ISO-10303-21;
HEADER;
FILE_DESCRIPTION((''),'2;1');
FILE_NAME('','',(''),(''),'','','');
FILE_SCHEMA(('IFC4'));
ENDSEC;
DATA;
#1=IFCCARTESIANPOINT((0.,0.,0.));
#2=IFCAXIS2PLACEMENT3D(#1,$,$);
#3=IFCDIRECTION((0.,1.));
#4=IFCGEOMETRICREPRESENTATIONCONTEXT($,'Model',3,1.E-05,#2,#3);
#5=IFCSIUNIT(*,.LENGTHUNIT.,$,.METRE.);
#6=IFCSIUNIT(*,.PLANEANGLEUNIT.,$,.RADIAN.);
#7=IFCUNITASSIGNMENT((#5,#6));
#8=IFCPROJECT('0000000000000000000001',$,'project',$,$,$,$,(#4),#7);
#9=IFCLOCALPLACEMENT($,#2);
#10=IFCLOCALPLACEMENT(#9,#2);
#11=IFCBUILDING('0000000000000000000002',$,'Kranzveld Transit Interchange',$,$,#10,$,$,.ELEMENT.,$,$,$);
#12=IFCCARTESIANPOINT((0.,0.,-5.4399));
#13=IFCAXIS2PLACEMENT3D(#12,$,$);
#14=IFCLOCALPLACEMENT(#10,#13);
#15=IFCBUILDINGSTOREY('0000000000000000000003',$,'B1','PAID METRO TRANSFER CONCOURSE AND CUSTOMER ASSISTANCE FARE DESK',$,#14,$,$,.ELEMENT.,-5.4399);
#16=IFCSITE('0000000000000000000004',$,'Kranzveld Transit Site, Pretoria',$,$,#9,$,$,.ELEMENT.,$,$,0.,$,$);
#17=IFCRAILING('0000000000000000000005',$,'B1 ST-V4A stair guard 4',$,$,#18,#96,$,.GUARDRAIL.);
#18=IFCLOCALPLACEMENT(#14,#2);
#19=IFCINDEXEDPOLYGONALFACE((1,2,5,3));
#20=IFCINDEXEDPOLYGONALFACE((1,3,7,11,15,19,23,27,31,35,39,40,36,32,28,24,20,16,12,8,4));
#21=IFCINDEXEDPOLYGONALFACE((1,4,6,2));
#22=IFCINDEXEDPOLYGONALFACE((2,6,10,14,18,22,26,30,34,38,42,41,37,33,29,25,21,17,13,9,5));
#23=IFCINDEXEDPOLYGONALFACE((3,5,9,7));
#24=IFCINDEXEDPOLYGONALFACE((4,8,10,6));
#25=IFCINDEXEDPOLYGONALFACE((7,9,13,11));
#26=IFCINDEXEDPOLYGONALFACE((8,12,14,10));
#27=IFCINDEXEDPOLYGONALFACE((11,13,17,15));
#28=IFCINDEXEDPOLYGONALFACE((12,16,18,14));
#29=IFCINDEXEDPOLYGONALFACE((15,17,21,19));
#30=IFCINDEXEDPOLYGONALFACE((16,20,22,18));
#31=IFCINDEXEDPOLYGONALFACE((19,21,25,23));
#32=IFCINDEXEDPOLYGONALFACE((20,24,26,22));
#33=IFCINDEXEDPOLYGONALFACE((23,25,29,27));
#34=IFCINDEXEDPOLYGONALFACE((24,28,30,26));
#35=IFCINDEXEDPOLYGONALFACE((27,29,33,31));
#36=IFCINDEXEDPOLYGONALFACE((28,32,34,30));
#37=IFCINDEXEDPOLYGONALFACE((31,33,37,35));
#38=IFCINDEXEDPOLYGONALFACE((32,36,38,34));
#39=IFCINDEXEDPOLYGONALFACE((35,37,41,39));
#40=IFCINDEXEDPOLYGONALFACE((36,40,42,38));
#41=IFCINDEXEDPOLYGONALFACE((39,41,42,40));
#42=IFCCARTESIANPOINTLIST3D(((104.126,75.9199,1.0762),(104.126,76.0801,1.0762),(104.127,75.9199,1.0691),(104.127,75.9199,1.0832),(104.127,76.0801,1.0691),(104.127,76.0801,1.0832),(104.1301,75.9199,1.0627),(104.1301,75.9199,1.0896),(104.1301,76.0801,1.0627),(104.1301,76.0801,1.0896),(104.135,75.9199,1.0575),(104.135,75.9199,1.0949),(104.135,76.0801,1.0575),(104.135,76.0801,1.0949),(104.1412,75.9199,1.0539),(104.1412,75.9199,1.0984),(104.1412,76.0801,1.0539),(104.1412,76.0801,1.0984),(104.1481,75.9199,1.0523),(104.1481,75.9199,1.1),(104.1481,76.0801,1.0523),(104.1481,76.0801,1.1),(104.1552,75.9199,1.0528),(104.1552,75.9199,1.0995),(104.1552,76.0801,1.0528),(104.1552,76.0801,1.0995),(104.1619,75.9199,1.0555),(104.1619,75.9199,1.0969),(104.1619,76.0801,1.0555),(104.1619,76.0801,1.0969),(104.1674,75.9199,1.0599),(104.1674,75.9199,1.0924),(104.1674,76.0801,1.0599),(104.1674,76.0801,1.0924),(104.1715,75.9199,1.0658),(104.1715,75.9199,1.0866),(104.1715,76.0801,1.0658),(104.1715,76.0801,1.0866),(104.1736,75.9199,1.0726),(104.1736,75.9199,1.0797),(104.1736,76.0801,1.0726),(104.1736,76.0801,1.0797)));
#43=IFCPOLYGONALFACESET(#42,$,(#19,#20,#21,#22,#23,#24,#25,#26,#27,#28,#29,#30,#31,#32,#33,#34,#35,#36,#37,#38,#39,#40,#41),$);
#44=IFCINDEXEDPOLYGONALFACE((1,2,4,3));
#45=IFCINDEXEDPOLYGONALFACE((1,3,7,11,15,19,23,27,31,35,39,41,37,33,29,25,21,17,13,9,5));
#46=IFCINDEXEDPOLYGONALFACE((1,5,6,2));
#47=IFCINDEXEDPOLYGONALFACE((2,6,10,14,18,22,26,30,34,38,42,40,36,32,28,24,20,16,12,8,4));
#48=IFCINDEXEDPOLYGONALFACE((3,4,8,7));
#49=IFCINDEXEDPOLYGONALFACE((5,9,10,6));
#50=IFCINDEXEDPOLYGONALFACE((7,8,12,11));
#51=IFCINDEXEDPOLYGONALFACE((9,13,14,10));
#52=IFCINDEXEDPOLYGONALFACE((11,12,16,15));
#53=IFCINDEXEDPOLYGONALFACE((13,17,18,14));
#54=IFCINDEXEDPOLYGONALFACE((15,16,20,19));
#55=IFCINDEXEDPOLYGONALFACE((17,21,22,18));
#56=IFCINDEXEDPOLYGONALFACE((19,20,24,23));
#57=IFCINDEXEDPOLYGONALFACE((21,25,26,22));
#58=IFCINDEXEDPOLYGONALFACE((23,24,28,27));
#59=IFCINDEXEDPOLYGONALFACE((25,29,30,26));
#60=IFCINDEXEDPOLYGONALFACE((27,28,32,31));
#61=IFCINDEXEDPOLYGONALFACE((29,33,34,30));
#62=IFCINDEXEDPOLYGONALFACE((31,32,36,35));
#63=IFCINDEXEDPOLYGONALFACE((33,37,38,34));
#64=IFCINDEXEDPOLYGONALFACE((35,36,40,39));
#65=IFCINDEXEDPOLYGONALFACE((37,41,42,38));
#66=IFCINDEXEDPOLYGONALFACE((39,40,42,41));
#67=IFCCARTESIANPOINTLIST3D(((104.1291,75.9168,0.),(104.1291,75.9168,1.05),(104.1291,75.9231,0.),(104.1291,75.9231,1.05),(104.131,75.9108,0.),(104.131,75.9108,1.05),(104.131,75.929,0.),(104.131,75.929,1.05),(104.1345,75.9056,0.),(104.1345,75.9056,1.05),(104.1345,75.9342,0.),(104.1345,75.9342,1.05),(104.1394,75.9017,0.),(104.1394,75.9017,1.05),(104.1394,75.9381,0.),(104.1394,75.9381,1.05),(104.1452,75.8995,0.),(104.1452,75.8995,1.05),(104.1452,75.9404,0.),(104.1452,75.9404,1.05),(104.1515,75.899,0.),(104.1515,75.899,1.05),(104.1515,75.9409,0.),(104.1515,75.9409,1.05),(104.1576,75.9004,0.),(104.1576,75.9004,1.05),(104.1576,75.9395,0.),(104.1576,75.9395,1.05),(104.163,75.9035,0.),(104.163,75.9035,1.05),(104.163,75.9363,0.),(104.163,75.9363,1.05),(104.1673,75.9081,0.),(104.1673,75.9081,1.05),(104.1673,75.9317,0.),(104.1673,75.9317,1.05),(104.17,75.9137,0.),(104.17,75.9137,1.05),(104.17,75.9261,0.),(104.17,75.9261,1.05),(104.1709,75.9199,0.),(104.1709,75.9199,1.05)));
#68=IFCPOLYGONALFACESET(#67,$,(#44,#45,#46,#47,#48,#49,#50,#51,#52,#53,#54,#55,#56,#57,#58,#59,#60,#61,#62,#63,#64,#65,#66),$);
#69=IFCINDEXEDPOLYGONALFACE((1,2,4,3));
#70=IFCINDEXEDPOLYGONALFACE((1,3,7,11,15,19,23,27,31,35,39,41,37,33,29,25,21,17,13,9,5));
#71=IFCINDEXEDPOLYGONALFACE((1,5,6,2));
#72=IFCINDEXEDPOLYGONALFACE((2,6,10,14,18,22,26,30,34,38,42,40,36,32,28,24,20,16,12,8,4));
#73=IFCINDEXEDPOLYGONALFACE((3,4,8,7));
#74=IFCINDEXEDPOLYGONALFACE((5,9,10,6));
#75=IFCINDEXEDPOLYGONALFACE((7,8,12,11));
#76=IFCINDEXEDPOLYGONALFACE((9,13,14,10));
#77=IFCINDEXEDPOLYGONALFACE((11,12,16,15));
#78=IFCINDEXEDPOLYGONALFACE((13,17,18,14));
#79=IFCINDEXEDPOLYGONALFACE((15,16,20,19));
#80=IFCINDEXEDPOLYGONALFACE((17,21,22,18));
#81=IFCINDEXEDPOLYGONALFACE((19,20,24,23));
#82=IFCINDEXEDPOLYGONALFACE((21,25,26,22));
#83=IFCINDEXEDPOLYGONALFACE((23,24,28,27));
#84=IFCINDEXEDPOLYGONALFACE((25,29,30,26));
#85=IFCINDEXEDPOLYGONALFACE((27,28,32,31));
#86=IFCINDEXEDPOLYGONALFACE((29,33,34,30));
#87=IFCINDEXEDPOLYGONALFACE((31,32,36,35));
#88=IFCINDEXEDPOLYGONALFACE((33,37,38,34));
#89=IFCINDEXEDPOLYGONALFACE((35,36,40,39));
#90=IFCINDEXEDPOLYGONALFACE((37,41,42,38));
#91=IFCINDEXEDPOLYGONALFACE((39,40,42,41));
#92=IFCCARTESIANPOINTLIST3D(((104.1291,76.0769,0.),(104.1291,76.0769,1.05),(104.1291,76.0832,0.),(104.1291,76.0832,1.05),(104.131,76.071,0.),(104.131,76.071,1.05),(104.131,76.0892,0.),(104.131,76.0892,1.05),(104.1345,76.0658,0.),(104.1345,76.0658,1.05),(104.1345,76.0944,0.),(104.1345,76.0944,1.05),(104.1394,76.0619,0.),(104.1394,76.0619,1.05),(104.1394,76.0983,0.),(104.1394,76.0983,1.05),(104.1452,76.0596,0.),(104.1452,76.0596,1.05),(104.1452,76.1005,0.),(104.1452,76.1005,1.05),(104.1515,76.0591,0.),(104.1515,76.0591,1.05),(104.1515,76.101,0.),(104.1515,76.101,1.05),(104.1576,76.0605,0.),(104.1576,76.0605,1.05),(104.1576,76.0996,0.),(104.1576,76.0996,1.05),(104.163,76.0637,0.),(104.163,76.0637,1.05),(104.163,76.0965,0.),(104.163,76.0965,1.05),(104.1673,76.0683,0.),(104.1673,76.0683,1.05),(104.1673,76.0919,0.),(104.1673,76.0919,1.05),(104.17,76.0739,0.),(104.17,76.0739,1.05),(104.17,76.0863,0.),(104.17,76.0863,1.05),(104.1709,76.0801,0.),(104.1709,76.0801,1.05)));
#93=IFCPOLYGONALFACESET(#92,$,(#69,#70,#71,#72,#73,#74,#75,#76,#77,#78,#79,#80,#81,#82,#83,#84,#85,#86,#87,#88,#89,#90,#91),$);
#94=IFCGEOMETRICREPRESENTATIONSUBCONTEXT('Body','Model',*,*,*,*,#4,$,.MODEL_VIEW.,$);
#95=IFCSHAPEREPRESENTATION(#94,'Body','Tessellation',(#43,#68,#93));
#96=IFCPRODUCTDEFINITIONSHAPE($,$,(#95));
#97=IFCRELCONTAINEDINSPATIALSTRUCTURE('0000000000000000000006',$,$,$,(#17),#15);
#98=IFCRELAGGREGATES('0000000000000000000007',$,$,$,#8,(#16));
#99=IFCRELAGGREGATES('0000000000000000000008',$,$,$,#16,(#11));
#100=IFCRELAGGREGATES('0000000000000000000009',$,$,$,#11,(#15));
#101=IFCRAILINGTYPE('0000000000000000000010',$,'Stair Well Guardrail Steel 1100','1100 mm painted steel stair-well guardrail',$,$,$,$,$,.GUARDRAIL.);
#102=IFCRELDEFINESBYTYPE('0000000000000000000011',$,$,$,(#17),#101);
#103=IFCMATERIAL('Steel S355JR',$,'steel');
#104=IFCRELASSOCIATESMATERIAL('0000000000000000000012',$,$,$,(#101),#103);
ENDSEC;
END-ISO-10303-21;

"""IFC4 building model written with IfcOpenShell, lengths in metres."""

from ifc_helpers import new_model, si_unit, direction, frame, origin, origin_2d, place, context, subcontext, project, spatial, circle, extrude, material, type_object, element, save


model = new_model("IFC4")

# Units and contexts
model_context = context("Model", 3, precision=1e-05, world=origin(), true_north=direction((0.0, 1.0)))
body_context = subcontext(model_context, "Body", "Model", "MODEL_VIEW")
ifc_project = project(units=[si_unit("LENGTHUNIT", "METRE"), si_unit("PLANEANGLEUNIT", "RADIAN")], contexts=[model_context])

# Site, building, storey
site_placement = place(None, origin())
site = spatial("IfcSite", under=ifc_project, at=site_placement, Name="Kranzveld Transit Site, Pretoria", CompositionType="ELEMENT", RefElevation=0.0)
building_placement = place(site_placement, origin())
building = spatial("IfcBuilding", under=site, at=building_placement, Name="Kranzveld Transit Interchange", CompositionType="ELEMENT")
storey_placement = place(building_placement, frame((0.0, 0.0, -5.4399)))
storey = spatial("IfcBuildingStorey", under=building, at=storey_placement, Name="B1", Description="PAID METRO TRANSFER CONCOURSE AND CUSTOMER ASSISTANCE FARE DESK", CompositionType="ELEMENT", Elevation=-5.4399)

# Railing
ifc_material_1 = material(Name="Steel S355JR", Category="steel")
railing_type_1 = type_object("IfcRailingType", Name="Stair Well Guardrail Steel 1100", Description="1100 mm painted steel stair-well guardrail", PredefinedType="GUARDRAIL", material=ifc_material_1)
railing_1_placement = place(storey_placement, frame((104.1499, 75.9199, 0.0)))
element("IfcRailing", 1, at=railing_1_placement, inside=storey, type_object=railing_type_1, Name="B1 ST-V4A stair guard 4", PredefinedType="GUARDRAIL", context=body_context, shape_type="SweptSolid", body=[
    extrude(circle(Radius=0.0239, at=origin_2d()), frame((0.0, 0.0, 1.0762), z_axis=(0.0, 1.0, 0.0), x_axis=(-1.0, 0.0, 0.0)), (0.0, 0.0, 1.0), 0.1602),
    extrude(circle(Radius=0.021, at=origin_2d()), origin(), (0.0, 0.0, 1.0), 1.05),
    extrude(circle(Radius=0.021, at=origin_2d()), frame((0.0, 0.1602, 0.0)), (0.0, 0.0, 1.0), 1.05),
])

save(model, "model.ifc")
